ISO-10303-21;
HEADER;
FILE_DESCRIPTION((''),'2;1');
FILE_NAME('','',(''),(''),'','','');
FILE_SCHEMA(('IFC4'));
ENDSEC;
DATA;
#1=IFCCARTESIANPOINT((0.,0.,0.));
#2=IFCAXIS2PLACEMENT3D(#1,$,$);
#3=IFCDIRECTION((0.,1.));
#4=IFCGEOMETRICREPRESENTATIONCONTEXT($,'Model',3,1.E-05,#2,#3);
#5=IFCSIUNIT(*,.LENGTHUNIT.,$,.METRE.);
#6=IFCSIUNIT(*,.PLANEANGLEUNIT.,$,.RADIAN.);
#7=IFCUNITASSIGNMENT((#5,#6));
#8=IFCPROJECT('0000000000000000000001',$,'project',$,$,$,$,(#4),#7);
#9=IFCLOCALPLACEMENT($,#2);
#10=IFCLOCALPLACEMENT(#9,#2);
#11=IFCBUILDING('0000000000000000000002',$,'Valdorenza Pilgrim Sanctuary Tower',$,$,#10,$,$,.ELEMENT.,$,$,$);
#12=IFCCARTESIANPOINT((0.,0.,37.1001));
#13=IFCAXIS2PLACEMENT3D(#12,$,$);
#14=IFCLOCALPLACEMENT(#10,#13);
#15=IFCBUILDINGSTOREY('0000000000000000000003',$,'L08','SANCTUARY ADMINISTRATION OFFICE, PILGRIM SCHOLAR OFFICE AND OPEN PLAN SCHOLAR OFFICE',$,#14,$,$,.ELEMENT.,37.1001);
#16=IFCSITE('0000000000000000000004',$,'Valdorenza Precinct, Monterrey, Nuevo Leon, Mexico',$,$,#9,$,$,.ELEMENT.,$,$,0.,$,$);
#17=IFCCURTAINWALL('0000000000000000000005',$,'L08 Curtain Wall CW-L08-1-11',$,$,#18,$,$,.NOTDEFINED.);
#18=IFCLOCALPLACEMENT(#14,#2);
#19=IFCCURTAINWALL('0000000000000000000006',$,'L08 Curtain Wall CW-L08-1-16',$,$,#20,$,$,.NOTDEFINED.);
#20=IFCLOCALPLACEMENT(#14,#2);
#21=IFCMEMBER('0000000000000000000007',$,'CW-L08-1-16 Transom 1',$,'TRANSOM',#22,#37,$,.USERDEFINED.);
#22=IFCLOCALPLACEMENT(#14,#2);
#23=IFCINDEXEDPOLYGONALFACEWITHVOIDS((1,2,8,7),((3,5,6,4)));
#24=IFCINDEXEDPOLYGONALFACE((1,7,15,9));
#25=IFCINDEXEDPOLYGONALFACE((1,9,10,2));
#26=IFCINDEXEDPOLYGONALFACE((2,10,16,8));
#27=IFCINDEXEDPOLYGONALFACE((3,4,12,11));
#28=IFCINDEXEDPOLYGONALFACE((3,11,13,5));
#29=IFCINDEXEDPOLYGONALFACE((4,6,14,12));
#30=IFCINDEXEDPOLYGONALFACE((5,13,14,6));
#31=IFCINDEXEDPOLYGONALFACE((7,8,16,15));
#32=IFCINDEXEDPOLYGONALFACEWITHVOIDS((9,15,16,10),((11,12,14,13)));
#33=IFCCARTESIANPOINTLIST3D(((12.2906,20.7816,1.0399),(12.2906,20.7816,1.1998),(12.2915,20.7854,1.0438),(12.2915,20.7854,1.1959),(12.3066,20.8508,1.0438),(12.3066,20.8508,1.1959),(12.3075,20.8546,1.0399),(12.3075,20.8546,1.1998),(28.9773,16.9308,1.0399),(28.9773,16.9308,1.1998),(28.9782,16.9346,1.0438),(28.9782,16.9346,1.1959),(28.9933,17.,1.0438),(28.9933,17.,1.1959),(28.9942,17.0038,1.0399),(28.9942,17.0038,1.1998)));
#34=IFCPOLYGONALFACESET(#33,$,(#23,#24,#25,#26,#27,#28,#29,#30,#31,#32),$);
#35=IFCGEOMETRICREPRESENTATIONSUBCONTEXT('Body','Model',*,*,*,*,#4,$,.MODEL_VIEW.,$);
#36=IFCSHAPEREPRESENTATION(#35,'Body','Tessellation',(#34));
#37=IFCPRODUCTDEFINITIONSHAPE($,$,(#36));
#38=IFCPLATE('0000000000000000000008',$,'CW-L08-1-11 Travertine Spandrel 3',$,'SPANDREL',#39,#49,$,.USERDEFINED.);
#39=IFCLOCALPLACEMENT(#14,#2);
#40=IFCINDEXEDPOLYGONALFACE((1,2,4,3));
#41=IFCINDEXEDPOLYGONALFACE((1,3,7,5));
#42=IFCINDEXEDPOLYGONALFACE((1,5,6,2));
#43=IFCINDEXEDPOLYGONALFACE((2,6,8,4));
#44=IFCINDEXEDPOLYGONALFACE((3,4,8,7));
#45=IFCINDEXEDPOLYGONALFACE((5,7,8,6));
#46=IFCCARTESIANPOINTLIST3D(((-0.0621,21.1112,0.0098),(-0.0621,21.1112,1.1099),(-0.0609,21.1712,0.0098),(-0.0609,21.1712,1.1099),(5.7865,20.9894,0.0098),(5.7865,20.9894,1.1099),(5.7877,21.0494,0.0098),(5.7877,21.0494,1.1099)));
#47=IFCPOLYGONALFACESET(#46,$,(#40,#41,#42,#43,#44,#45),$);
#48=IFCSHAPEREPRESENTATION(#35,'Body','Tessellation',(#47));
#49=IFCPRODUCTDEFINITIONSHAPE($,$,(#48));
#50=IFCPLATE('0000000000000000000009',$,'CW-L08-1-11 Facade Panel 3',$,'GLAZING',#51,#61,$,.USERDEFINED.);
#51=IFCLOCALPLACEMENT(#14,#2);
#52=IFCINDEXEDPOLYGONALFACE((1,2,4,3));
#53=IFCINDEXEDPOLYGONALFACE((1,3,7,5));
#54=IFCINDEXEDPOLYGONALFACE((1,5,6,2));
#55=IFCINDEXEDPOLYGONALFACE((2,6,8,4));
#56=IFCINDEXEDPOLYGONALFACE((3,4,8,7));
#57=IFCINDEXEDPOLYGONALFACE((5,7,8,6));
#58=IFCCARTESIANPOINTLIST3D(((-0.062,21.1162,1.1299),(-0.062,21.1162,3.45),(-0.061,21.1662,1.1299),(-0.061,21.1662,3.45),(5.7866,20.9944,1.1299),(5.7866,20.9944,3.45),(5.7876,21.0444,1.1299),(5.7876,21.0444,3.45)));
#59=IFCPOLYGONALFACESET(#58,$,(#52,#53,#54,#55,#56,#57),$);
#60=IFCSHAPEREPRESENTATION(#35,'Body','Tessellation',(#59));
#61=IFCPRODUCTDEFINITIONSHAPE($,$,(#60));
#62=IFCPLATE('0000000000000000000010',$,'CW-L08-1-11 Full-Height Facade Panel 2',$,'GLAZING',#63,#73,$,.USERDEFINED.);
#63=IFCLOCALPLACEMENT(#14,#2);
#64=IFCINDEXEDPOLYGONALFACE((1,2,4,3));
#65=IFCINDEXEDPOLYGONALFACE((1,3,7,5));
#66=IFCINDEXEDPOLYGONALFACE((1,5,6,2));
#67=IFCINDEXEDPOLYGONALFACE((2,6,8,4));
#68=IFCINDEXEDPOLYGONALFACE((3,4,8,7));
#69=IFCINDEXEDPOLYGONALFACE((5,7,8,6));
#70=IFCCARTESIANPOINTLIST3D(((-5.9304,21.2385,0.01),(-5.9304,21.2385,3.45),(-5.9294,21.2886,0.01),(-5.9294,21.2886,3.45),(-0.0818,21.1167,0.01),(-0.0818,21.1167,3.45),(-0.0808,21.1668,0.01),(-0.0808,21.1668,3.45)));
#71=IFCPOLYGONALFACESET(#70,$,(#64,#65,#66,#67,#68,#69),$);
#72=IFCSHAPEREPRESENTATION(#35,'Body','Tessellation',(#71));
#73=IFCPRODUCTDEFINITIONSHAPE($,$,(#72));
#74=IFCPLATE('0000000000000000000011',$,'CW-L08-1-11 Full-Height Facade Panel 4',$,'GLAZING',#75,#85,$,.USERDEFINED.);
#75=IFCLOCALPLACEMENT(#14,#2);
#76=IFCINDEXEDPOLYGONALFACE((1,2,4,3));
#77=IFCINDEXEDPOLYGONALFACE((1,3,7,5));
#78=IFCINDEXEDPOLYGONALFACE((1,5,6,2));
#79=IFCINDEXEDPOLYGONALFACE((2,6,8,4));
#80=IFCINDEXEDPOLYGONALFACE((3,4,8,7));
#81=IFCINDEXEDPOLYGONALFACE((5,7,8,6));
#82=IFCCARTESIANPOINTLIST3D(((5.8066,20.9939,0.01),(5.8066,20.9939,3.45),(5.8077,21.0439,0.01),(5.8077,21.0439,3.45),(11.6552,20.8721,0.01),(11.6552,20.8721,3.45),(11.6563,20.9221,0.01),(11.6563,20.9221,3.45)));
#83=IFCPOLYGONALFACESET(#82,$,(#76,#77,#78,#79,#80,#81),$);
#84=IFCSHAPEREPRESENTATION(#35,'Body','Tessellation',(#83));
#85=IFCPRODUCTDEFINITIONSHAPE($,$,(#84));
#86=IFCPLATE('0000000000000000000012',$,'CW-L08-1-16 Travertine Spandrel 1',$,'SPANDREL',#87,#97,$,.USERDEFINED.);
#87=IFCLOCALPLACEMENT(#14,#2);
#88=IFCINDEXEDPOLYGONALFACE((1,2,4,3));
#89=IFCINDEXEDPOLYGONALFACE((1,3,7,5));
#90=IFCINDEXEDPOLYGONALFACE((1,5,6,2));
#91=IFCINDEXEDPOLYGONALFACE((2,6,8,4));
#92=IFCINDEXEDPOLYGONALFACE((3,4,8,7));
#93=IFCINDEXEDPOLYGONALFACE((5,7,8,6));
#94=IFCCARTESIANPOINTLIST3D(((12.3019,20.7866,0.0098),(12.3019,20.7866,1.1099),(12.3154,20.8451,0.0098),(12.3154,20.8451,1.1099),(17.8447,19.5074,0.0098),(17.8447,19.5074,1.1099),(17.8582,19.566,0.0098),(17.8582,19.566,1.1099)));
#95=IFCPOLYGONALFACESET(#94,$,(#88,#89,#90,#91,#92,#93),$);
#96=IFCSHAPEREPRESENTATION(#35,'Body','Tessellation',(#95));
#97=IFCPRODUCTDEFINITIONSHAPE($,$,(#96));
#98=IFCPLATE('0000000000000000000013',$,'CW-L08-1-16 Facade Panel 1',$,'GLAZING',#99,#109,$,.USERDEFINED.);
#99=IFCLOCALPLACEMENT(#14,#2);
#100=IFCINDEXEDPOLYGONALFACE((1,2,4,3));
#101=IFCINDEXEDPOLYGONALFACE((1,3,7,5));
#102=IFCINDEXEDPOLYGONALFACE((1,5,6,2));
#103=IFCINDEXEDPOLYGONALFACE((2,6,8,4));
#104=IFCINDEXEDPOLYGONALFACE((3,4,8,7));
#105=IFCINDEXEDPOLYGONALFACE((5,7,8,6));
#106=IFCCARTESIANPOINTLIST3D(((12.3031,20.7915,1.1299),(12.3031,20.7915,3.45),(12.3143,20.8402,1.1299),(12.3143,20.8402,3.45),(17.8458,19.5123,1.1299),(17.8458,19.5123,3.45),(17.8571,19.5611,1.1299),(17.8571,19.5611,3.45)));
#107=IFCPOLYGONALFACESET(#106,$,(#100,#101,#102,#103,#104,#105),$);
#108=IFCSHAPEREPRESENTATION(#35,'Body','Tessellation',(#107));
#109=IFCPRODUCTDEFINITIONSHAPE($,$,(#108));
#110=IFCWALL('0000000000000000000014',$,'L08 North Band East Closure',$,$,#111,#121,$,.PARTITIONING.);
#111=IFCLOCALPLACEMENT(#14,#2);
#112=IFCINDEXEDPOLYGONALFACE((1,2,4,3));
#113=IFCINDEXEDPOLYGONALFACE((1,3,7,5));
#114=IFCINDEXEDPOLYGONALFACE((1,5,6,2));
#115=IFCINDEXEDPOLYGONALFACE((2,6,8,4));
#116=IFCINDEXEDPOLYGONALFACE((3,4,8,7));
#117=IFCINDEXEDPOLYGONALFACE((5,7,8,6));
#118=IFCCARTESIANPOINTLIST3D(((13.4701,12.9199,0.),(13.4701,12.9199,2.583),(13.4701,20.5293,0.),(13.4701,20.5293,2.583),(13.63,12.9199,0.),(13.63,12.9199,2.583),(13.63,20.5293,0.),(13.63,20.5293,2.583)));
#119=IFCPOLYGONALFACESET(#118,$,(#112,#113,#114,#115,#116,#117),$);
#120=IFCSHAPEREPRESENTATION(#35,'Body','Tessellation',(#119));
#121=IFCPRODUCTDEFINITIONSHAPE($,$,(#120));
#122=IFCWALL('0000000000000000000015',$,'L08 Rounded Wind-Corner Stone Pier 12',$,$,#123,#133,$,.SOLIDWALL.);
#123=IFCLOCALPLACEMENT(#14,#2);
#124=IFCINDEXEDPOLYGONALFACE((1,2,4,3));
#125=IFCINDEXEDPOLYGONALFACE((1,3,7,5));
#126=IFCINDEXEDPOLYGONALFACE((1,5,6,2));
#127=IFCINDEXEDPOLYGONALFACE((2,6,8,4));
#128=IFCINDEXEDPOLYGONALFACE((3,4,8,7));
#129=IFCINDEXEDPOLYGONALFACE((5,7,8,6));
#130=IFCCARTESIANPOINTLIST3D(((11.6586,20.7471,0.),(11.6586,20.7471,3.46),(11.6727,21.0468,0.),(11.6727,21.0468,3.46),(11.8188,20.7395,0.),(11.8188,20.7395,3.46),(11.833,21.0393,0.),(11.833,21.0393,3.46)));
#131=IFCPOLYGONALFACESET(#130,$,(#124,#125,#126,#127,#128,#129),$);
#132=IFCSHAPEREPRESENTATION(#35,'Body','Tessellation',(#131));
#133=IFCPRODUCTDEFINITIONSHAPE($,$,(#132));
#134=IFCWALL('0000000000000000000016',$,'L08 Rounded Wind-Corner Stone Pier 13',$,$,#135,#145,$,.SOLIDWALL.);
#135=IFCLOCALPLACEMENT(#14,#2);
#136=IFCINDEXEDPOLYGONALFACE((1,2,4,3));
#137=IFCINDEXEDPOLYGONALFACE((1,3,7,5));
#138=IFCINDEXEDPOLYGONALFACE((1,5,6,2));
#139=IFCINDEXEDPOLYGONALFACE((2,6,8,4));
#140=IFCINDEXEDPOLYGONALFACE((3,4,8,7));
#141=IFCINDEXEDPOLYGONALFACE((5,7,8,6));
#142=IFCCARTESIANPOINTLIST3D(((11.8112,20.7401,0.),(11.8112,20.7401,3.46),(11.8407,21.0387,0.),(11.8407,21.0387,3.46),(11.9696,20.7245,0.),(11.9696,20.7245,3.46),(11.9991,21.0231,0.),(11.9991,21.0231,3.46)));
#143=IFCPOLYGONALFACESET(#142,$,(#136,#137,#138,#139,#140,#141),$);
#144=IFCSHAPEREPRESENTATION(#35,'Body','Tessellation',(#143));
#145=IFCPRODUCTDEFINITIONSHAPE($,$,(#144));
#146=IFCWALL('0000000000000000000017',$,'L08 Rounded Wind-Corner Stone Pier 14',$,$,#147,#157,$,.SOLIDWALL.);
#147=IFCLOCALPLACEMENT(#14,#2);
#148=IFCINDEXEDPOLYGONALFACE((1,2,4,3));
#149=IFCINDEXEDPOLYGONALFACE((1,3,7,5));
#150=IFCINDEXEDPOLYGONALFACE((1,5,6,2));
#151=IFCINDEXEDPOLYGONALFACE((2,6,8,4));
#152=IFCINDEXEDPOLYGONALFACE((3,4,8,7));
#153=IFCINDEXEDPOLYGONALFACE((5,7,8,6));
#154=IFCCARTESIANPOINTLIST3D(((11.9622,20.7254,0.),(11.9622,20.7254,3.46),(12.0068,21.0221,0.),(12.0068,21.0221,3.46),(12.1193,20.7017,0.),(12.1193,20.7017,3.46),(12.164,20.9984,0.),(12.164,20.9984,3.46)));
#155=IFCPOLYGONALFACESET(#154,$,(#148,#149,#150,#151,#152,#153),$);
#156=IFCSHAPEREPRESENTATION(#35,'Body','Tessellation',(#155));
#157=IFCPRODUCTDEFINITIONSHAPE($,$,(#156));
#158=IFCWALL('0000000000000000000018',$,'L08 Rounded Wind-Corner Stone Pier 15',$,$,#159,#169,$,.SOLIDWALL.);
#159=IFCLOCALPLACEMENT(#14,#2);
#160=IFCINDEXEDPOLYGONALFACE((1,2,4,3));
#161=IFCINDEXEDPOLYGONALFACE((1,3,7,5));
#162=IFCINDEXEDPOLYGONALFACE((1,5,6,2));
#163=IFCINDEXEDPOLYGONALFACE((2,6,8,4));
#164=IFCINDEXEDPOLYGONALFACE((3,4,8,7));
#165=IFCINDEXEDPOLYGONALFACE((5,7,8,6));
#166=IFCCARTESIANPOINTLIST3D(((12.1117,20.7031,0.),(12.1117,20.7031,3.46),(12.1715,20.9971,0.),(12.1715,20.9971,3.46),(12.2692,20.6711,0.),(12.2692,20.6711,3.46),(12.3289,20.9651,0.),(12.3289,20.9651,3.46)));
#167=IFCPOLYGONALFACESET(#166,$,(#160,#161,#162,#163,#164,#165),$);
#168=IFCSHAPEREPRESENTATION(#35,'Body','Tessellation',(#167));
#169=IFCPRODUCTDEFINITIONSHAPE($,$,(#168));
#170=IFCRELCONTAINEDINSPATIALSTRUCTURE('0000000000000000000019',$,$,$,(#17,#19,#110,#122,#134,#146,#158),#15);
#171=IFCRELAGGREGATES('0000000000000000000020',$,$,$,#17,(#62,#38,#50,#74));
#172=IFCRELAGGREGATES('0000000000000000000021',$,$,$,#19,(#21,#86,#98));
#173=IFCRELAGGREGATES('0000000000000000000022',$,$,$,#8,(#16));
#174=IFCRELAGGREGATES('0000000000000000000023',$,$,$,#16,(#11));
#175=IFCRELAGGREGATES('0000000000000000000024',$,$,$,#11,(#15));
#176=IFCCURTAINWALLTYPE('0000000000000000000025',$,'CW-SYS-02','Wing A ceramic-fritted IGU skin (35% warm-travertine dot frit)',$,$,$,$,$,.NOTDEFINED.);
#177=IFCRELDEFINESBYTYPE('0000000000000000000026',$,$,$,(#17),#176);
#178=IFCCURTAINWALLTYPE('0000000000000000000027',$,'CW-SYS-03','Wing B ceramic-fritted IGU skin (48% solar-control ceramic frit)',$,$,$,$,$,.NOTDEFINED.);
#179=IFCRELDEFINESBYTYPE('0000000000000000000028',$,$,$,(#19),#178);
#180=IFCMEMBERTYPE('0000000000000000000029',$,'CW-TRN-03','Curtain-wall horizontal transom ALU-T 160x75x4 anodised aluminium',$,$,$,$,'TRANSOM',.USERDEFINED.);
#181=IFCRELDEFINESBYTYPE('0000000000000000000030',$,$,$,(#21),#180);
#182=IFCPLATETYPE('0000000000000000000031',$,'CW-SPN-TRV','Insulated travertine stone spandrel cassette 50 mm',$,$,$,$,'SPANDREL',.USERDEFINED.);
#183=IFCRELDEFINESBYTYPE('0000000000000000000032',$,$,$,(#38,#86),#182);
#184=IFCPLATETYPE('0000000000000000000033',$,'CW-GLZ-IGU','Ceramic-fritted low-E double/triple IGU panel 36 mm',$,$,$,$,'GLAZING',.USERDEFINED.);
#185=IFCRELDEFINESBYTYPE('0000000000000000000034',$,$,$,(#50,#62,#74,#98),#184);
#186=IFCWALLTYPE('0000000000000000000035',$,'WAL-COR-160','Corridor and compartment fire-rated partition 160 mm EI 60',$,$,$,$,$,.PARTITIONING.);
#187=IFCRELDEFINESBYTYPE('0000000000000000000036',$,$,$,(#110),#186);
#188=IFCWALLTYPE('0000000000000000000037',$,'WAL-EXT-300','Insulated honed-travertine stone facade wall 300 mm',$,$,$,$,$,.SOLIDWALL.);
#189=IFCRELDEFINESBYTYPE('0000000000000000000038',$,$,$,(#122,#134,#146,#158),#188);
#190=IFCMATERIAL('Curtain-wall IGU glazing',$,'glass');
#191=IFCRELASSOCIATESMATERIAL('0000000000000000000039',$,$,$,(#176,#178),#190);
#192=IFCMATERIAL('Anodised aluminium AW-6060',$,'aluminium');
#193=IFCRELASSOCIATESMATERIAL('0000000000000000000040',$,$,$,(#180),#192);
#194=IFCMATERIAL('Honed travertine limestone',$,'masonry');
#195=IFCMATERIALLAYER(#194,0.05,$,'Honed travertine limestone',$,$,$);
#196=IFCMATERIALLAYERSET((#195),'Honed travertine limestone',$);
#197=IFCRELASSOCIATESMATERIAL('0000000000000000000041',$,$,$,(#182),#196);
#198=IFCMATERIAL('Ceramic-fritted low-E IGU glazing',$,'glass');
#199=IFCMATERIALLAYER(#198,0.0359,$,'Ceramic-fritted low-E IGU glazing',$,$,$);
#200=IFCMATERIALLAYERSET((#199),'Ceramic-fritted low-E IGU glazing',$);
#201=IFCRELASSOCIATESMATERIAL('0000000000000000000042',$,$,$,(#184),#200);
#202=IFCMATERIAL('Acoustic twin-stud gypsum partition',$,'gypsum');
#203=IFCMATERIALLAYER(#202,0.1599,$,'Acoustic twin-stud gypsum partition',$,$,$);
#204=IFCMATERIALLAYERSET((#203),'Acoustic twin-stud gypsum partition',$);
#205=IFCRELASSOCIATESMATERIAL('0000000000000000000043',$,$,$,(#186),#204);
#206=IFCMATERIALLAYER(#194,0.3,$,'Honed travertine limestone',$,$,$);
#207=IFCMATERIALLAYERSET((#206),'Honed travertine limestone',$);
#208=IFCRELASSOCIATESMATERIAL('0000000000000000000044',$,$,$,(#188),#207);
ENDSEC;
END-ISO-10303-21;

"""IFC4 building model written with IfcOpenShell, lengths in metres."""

from ifc_helpers import new_model, si_unit, direction, frame, frame_2d, origin, origin_2d, place, context, subcontext, project, spatial, rectangle, hollow_rectangle, extrude, source, transform, mapped, material, layer, layer_set, material_profile, profile_set, type_object, element, aggregate, save


model = new_model("IFC4")

# Units and contexts
model_context = context("Model", 3, precision=1e-05, world=origin(), true_north=direction((0.0, 1.0)))
body_context = subcontext(model_context, "Body", "Model", "MODEL_VIEW")
ifc_project = project(units=[si_unit("LENGTHUNIT", "METRE"), si_unit("PLANEANGLEUNIT", "RADIAN")], contexts=[model_context])

# Site, building, storey
site_placement = place(None, origin())
site = spatial("IfcSite", under=ifc_project, at=site_placement, Name="Valdorenza Precinct, Monterrey, Nuevo Leon, Mexico", CompositionType="ELEMENT", RefElevation=0.0)
building_placement = place(site_placement, origin())
building = spatial("IfcBuilding", under=site, at=building_placement, Name="Valdorenza Pilgrim Sanctuary Tower", CompositionType="ELEMENT")
storey_placement = place(building_placement, frame((0.0, 0.0, 37.1001)))
storey = spatial("IfcBuildingStorey", under=building, at=storey_placement, Name="L08", Description="SANCTUARY ADMINISTRATION OFFICE, PILGRIM SCHOLAR OFFICE AND OPEN PLAN SCHOLAR OFFICE", CompositionType="ELEMENT", Elevation=37.1001)

# Curtain walls, member
ifc_material_1 = material(Name="Curtain-wall IGU glazing", Category="glass")
curtain_wall_type_1 = type_object("IfcCurtainWallType", Name="CW-SYS-02", Description="Wing A ceramic-fritted IGU skin (35% warm-travertine dot frit)", PredefinedType="NOTDEFINED", material=ifc_material_1)
curtain_wall_1_placement = place(storey_placement, origin())
curtain_wall_1 = element("IfcCurtainWall", 1, at=curtain_wall_1_placement, inside=storey, type_object=curtain_wall_type_1, Name="L08 Curtain Wall CW-L08-1-11", PredefinedType="NOTDEFINED")
ifc_material_2 = material(Name="Anodised aluminium AW-6060", Category="aluminium")
curtain_wall_type_2 = type_object("IfcCurtainWallType", Name="CW-SYS-03", Description="Wing B ceramic-fritted IGU skin (48% solar-control ceramic frit)", PredefinedType="NOTDEFINED", material=ifc_material_1)
curtain_wall_2_placement = place(storey_placement, origin())
curtain_wall_2 = element("IfcCurtainWall", 2, at=curtain_wall_2_placement, inside=storey, type_object=curtain_wall_type_2, Name="L08 Curtain Wall CW-L08-1-16", PredefinedType="NOTDEFINED")
ifc_material_profile_1 = material_profile(ifc_material_2, hollow_rectangle(XDim=0.075, YDim=0.1599, WallThickness=0.0039, at=origin_2d()), Name="ALU-T 160x75x4")
ifc_profile_set_1 = profile_set([ifc_material_profile_1], Name="Anodised aluminium AW-6060")
member_type_1 = type_object("IfcMemberType", Name="CW-TRN-03", Description="Curtain-wall horizontal transom ALU-T 160x75x4 anodised aluminium", ElementType="TRANSOM", PredefinedType="USERDEFINED", material=ifc_profile_set_1)
shared_shape_1 = source(origin(), body_context, "Body", "SweptSolid", [
    extrude(hollow_rectangle(XDim=0.075, YDim=0.1599, WallThickness=0.0039, at=origin_2d()), origin(), (0.0, 0.0, 1.0), 17.1252),
])
member_1_placement = place(storey_placement, frame((12.2991, 20.8181, 1.1199), z_axis=(0.974391, -0.224862, 0.0), x_axis=(0.224862, 0.974391, 0.0)))
member_1 = element("IfcMember", 3, at=member_1_placement, type_object=member_type_1, Name="CW-L08-1-16 Transom 1", ObjectType="TRANSOM", PredefinedType="USERDEFINED", context=body_context, shape_type="MappedRepresentation", body=[
    mapped(shared_shape_1, transform((0.0, 0.0, 0.0), x_axis=(1.0, 0.0, 0.0), y_axis=(0.0, 1.0, 0.0), z_axis=(0.0, 0.0, 1.0), scale=1.0)),
])

# Plates
ifc_material_3 = material(Name="Honed travertine limestone", Category="masonry")
ifc_layer_1 = layer(ifc_material_3, 0.05, Name="Honed travertine limestone")
ifc_layer_set_1 = layer_set([ifc_layer_1], Name="Honed travertine limestone")
plate_type_1 = type_object("IfcPlateType", Name="CW-SPN-TRV", Description="Insulated travertine stone spandrel cassette 50 mm", ElementType="SPANDREL", PredefinedType="USERDEFINED", material=ifc_layer_set_1)
shared_shape_2 = source(origin(), body_context, "Body", "SweptSolid", [
    extrude(rectangle(XDim=5.8499, YDim=0.0601, at=origin_2d()), origin(), (0.0, 0.0, 1.0), 1.1001),
])
plate_1_placement = place(storey_placement, frame((2.8628, 21.0803, 0.0098), z_axis=(0.0, 0.0, 1.0), x_axis=(0.999783, -0.02082, 0.0)))
plate_1 = element("IfcPlate", 4, at=plate_1_placement, type_object=plate_type_1, Name="CW-L08-1-11 Travertine Spandrel 3", ObjectType="SPANDREL", PredefinedType="USERDEFINED", context=body_context, shape_type="MappedRepresentation", body=[
    mapped(shared_shape_2, transform((0.0, 0.0, 0.0), x_axis=(1.0, 0.0, 0.0), y_axis=(0.0, 1.0, 0.0), z_axis=(0.0, 0.0, 1.0), scale=1.0)),
])
ifc_material_4 = material(Name="Ceramic-fritted low-E IGU glazing", Category="glass")
ifc_layer_2 = layer(ifc_material_4, 0.0359, Name="Ceramic-fritted low-E IGU glazing")
ifc_layer_set_2 = layer_set([ifc_layer_2], Name="Ceramic-fritted low-E IGU glazing")
plate_type_2 = type_object("IfcPlateType", Name="CW-GLZ-IGU", Description="Ceramic-fritted low-E double/triple IGU panel 36 mm", ElementType="GLAZING", PredefinedType="USERDEFINED", material=ifc_layer_set_2)
shared_shape_3 = source(origin(), body_context, "Body", "SweptSolid", [
    extrude(rectangle(XDim=5.8499, YDim=0.05, at=origin_2d()), origin(), (0.0, 0.0, 1.0), 2.3201),
])
plate_2_placement = place(storey_placement, frame((2.8628, 21.0803, 1.1299), z_axis=(0.0, 0.0, 1.0), x_axis=(0.999783, -0.02082, 0.0)))
plate_2 = element("IfcPlate", 5, at=plate_2_placement, type_object=plate_type_2, Name="CW-L08-1-11 Facade Panel 3", ObjectType="GLAZING", PredefinedType="USERDEFINED", context=body_context, shape_type="MappedRepresentation", body=[
    mapped(shared_shape_3, transform((0.0, 0.0, 0.0), x_axis=(1.0, 0.0, 0.0), y_axis=(0.0, 1.0, 0.0), z_axis=(0.0, 0.0, 1.0), scale=1.0)),
])
shared_shape_4 = source(origin(), body_context, "Body", "SweptSolid", [
    extrude(rectangle(XDim=5.8499, YDim=0.05, at=origin_2d()), origin(), (0.0, 0.0, 1.0), 3.4399),
])
plate_3_placement = place(storey_placement, frame((-3.0056, 21.2026, 0.01), z_axis=(0.0, 0.0, 1.0), x_axis=(0.999783, -0.02082, 0.0)))
plate_3 = element("IfcPlate", 6, at=plate_3_placement, type_object=plate_type_2, Name="CW-L08-1-11 Full-Height Facade Panel 2", ObjectType="GLAZING", PredefinedType="USERDEFINED", context=body_context, shape_type="MappedRepresentation", body=[
    mapped(shared_shape_4, transform((0.0, 0.0, 0.0), x_axis=(1.0, 0.0, 0.0), y_axis=(0.0, 1.0, 0.0), z_axis=(0.0, 0.0, 1.0), scale=1.0)),
])
plate_4_placement = place(storey_placement, frame((8.7314, 20.958, 0.01), z_axis=(0.0, 0.0, 1.0), x_axis=(0.999783, -0.02082, 0.0)))
plate_4 = element("IfcPlate", 7, at=plate_4_placement, type_object=plate_type_2, Name="CW-L08-1-11 Full-Height Facade Panel 4", ObjectType="GLAZING", PredefinedType="USERDEFINED", context=body_context, shape_type="MappedRepresentation", body=[
    mapped(shared_shape_4, transform((0.0, 0.0, 0.0), x_axis=(1.0, 0.0, 0.0), y_axis=(0.0, 1.0, 0.0), z_axis=(0.0, 0.0, 1.0), scale=1.0)),
])
aggregate(curtain_wall_1, [plate_3, plate_1, plate_2, plate_4])
shared_shape_5 = source(origin(), body_context, "Body", "SweptSolid", [
    extrude(rectangle(XDim=5.6885, YDim=0.0601, at=origin_2d()), origin(), (0.0, 0.0, 1.0), 1.1001),
])
plate_5_placement = place(storey_placement, frame((15.0801, 20.1763, 0.0098), z_axis=(0.0, 0.0, 1.0), x_axis=(0.97439, -0.224866, 0.0)))
plate_5 = element("IfcPlate", 8, at=plate_5_placement, type_object=plate_type_1, Name="CW-L08-1-16 Travertine Spandrel 1", ObjectType="SPANDREL", PredefinedType="USERDEFINED", context=body_context, shape_type="MappedRepresentation", body=[
    mapped(shared_shape_5, transform((0.0, 0.0, 0.0), x_axis=(1.0, 0.0, 0.0), y_axis=(0.0, 1.0, 0.0), z_axis=(0.0, 0.0, 1.0), scale=1.0)),
])
shared_shape_6 = source(origin(), body_context, "Body", "SweptSolid", [
    extrude(rectangle(XDim=5.6885, YDim=0.05, at=origin_2d()), origin(), (0.0, 0.0, 1.0), 2.3201),
])
plate_6_placement = place(storey_placement, frame((15.0801, 20.1763, 1.1299), z_axis=(0.0, 0.0, 1.0), x_axis=(0.97439, -0.224866, 0.0)))
plate_6 = element("IfcPlate", 9, at=plate_6_placement, type_object=plate_type_2, Name="CW-L08-1-16 Facade Panel 1", ObjectType="GLAZING", PredefinedType="USERDEFINED", context=body_context, shape_type="MappedRepresentation", body=[
    mapped(shared_shape_6, transform((0.0, 0.0, 0.0), x_axis=(1.0, 0.0, 0.0), y_axis=(0.0, 1.0, 0.0), z_axis=(0.0, 0.0, 1.0), scale=1.0)),
])
aggregate(curtain_wall_2, [member_1, plate_5, plate_6])

# Walls
ifc_material_5 = material(Name="Acoustic twin-stud gypsum partition", Category="gypsum")
ifc_layer_3 = layer(ifc_material_5, 0.1599, Name="Acoustic twin-stud gypsum partition")
ifc_layer_set_3 = layer_set([ifc_layer_3], Name="Acoustic twin-stud gypsum partition")
wall_type_1 = type_object("IfcWallType", Name="WAL-COR-160", Description="Corridor and compartment fire-rated partition 160 mm EI 60", PredefinedType="PARTITIONING", material=ifc_layer_set_3)
wall_1_placement = place(storey_placement, frame((13.55, 12.9199, 0.0), z_axis=(0.0, 0.0, 1.0), x_axis=(0.0, 1.0, 0.0)))
element("IfcWall", 10, at=wall_1_placement, inside=storey, type_object=wall_type_1, Name="L08 North Band East Closure", PredefinedType="PARTITIONING", context=body_context, shape_type="SweptSolid", body=[
    extrude(rectangle(XDim=7.6094, YDim=0.1599, at=frame_2d((3.8047, 0.0))), origin(), (0.0, 0.0, 1.0), 2.583),
])
ifc_layer_4 = layer(ifc_material_3, 0.3, Name="Honed travertine limestone")
ifc_layer_set_4 = layer_set([ifc_layer_4], Name="Honed travertine limestone")
wall_type_2 = type_object("IfcWallType", Name="WAL-EXT-300", Description="Insulated honed-travertine stone facade wall 300 mm", PredefinedType="SOLIDWALL", material=ifc_layer_set_4)
wall_2_placement = place(storey_placement, frame((11.6658, 20.897, 0.0), z_axis=(0.0, 0.0, 1.0), x_axis=(0.998885, -0.047203, 0.0)))
element("IfcWall", 11, at=wall_2_placement, inside=storey, type_object=wall_type_2, Name="L08 Rounded Wind-Corner Stone Pier 12", PredefinedType="SOLIDWALL", context=body_context, shape_type="SweptSolid", body=[
    extrude(rectangle(XDim=0.1604, YDim=0.3, at=frame_2d((0.0801, 0.0))), origin(), (0.0, 0.0, 1.0), 3.46),
])
wall_3_placement = place(storey_placement, frame((11.8259, 20.8894, 0.0), z_axis=(0.0, 0.0, 1.0), x_axis=(0.995173, -0.098137, 0.0)))
element("IfcWall", 12, at=wall_3_placement, inside=storey, type_object=wall_type_2, Name="L08 Rounded Wind-Corner Stone Pier 13", PredefinedType="SOLIDWALL", context=body_context, shape_type="SweptSolid", body=[
    extrude(rectangle(XDim=0.1592, YDim=0.3, at=frame_2d((0.0796, 0.0))), origin(), (0.0, 0.0, 1.0), 3.46),
])
wall_4_placement = place(storey_placement, frame((11.9844, 20.8738, 0.0), z_axis=(0.0, 0.0, 1.0), x_axis=(0.988846, -0.148941, 0.0)))
element("IfcWall", 13, at=wall_4_placement, inside=storey, type_object=wall_type_2, Name="L08 Rounded Wind-Corner Stone Pier 14", PredefinedType="SOLIDWALL", context=body_context, shape_type="SweptSolid", body=[
    extrude(rectangle(XDim=0.1589, YDim=0.3, at=frame_2d((0.0796, 0.0))), origin(), (0.0, 0.0, 1.0), 3.46),
])
wall_5_placement = place(storey_placement, frame((12.1416, 20.8501, 0.0), z_axis=(0.0, 0.0, 1.0), x_axis=(0.979992, -0.199037, 0.0)))
element("IfcWall", 14, at=wall_5_placement, inside=storey, type_object=wall_type_2, Name="L08 Rounded Wind-Corner Stone Pier 15", PredefinedType="SOLIDWALL", context=body_context, shape_type="SweptSolid", body=[
    extrude(rectangle(XDim=0.1606, YDim=0.3, at=frame_2d((0.0803, 0.0))), origin(), (0.0, 0.0, 1.0), 3.46),
])

save(model, "model.ifc")
